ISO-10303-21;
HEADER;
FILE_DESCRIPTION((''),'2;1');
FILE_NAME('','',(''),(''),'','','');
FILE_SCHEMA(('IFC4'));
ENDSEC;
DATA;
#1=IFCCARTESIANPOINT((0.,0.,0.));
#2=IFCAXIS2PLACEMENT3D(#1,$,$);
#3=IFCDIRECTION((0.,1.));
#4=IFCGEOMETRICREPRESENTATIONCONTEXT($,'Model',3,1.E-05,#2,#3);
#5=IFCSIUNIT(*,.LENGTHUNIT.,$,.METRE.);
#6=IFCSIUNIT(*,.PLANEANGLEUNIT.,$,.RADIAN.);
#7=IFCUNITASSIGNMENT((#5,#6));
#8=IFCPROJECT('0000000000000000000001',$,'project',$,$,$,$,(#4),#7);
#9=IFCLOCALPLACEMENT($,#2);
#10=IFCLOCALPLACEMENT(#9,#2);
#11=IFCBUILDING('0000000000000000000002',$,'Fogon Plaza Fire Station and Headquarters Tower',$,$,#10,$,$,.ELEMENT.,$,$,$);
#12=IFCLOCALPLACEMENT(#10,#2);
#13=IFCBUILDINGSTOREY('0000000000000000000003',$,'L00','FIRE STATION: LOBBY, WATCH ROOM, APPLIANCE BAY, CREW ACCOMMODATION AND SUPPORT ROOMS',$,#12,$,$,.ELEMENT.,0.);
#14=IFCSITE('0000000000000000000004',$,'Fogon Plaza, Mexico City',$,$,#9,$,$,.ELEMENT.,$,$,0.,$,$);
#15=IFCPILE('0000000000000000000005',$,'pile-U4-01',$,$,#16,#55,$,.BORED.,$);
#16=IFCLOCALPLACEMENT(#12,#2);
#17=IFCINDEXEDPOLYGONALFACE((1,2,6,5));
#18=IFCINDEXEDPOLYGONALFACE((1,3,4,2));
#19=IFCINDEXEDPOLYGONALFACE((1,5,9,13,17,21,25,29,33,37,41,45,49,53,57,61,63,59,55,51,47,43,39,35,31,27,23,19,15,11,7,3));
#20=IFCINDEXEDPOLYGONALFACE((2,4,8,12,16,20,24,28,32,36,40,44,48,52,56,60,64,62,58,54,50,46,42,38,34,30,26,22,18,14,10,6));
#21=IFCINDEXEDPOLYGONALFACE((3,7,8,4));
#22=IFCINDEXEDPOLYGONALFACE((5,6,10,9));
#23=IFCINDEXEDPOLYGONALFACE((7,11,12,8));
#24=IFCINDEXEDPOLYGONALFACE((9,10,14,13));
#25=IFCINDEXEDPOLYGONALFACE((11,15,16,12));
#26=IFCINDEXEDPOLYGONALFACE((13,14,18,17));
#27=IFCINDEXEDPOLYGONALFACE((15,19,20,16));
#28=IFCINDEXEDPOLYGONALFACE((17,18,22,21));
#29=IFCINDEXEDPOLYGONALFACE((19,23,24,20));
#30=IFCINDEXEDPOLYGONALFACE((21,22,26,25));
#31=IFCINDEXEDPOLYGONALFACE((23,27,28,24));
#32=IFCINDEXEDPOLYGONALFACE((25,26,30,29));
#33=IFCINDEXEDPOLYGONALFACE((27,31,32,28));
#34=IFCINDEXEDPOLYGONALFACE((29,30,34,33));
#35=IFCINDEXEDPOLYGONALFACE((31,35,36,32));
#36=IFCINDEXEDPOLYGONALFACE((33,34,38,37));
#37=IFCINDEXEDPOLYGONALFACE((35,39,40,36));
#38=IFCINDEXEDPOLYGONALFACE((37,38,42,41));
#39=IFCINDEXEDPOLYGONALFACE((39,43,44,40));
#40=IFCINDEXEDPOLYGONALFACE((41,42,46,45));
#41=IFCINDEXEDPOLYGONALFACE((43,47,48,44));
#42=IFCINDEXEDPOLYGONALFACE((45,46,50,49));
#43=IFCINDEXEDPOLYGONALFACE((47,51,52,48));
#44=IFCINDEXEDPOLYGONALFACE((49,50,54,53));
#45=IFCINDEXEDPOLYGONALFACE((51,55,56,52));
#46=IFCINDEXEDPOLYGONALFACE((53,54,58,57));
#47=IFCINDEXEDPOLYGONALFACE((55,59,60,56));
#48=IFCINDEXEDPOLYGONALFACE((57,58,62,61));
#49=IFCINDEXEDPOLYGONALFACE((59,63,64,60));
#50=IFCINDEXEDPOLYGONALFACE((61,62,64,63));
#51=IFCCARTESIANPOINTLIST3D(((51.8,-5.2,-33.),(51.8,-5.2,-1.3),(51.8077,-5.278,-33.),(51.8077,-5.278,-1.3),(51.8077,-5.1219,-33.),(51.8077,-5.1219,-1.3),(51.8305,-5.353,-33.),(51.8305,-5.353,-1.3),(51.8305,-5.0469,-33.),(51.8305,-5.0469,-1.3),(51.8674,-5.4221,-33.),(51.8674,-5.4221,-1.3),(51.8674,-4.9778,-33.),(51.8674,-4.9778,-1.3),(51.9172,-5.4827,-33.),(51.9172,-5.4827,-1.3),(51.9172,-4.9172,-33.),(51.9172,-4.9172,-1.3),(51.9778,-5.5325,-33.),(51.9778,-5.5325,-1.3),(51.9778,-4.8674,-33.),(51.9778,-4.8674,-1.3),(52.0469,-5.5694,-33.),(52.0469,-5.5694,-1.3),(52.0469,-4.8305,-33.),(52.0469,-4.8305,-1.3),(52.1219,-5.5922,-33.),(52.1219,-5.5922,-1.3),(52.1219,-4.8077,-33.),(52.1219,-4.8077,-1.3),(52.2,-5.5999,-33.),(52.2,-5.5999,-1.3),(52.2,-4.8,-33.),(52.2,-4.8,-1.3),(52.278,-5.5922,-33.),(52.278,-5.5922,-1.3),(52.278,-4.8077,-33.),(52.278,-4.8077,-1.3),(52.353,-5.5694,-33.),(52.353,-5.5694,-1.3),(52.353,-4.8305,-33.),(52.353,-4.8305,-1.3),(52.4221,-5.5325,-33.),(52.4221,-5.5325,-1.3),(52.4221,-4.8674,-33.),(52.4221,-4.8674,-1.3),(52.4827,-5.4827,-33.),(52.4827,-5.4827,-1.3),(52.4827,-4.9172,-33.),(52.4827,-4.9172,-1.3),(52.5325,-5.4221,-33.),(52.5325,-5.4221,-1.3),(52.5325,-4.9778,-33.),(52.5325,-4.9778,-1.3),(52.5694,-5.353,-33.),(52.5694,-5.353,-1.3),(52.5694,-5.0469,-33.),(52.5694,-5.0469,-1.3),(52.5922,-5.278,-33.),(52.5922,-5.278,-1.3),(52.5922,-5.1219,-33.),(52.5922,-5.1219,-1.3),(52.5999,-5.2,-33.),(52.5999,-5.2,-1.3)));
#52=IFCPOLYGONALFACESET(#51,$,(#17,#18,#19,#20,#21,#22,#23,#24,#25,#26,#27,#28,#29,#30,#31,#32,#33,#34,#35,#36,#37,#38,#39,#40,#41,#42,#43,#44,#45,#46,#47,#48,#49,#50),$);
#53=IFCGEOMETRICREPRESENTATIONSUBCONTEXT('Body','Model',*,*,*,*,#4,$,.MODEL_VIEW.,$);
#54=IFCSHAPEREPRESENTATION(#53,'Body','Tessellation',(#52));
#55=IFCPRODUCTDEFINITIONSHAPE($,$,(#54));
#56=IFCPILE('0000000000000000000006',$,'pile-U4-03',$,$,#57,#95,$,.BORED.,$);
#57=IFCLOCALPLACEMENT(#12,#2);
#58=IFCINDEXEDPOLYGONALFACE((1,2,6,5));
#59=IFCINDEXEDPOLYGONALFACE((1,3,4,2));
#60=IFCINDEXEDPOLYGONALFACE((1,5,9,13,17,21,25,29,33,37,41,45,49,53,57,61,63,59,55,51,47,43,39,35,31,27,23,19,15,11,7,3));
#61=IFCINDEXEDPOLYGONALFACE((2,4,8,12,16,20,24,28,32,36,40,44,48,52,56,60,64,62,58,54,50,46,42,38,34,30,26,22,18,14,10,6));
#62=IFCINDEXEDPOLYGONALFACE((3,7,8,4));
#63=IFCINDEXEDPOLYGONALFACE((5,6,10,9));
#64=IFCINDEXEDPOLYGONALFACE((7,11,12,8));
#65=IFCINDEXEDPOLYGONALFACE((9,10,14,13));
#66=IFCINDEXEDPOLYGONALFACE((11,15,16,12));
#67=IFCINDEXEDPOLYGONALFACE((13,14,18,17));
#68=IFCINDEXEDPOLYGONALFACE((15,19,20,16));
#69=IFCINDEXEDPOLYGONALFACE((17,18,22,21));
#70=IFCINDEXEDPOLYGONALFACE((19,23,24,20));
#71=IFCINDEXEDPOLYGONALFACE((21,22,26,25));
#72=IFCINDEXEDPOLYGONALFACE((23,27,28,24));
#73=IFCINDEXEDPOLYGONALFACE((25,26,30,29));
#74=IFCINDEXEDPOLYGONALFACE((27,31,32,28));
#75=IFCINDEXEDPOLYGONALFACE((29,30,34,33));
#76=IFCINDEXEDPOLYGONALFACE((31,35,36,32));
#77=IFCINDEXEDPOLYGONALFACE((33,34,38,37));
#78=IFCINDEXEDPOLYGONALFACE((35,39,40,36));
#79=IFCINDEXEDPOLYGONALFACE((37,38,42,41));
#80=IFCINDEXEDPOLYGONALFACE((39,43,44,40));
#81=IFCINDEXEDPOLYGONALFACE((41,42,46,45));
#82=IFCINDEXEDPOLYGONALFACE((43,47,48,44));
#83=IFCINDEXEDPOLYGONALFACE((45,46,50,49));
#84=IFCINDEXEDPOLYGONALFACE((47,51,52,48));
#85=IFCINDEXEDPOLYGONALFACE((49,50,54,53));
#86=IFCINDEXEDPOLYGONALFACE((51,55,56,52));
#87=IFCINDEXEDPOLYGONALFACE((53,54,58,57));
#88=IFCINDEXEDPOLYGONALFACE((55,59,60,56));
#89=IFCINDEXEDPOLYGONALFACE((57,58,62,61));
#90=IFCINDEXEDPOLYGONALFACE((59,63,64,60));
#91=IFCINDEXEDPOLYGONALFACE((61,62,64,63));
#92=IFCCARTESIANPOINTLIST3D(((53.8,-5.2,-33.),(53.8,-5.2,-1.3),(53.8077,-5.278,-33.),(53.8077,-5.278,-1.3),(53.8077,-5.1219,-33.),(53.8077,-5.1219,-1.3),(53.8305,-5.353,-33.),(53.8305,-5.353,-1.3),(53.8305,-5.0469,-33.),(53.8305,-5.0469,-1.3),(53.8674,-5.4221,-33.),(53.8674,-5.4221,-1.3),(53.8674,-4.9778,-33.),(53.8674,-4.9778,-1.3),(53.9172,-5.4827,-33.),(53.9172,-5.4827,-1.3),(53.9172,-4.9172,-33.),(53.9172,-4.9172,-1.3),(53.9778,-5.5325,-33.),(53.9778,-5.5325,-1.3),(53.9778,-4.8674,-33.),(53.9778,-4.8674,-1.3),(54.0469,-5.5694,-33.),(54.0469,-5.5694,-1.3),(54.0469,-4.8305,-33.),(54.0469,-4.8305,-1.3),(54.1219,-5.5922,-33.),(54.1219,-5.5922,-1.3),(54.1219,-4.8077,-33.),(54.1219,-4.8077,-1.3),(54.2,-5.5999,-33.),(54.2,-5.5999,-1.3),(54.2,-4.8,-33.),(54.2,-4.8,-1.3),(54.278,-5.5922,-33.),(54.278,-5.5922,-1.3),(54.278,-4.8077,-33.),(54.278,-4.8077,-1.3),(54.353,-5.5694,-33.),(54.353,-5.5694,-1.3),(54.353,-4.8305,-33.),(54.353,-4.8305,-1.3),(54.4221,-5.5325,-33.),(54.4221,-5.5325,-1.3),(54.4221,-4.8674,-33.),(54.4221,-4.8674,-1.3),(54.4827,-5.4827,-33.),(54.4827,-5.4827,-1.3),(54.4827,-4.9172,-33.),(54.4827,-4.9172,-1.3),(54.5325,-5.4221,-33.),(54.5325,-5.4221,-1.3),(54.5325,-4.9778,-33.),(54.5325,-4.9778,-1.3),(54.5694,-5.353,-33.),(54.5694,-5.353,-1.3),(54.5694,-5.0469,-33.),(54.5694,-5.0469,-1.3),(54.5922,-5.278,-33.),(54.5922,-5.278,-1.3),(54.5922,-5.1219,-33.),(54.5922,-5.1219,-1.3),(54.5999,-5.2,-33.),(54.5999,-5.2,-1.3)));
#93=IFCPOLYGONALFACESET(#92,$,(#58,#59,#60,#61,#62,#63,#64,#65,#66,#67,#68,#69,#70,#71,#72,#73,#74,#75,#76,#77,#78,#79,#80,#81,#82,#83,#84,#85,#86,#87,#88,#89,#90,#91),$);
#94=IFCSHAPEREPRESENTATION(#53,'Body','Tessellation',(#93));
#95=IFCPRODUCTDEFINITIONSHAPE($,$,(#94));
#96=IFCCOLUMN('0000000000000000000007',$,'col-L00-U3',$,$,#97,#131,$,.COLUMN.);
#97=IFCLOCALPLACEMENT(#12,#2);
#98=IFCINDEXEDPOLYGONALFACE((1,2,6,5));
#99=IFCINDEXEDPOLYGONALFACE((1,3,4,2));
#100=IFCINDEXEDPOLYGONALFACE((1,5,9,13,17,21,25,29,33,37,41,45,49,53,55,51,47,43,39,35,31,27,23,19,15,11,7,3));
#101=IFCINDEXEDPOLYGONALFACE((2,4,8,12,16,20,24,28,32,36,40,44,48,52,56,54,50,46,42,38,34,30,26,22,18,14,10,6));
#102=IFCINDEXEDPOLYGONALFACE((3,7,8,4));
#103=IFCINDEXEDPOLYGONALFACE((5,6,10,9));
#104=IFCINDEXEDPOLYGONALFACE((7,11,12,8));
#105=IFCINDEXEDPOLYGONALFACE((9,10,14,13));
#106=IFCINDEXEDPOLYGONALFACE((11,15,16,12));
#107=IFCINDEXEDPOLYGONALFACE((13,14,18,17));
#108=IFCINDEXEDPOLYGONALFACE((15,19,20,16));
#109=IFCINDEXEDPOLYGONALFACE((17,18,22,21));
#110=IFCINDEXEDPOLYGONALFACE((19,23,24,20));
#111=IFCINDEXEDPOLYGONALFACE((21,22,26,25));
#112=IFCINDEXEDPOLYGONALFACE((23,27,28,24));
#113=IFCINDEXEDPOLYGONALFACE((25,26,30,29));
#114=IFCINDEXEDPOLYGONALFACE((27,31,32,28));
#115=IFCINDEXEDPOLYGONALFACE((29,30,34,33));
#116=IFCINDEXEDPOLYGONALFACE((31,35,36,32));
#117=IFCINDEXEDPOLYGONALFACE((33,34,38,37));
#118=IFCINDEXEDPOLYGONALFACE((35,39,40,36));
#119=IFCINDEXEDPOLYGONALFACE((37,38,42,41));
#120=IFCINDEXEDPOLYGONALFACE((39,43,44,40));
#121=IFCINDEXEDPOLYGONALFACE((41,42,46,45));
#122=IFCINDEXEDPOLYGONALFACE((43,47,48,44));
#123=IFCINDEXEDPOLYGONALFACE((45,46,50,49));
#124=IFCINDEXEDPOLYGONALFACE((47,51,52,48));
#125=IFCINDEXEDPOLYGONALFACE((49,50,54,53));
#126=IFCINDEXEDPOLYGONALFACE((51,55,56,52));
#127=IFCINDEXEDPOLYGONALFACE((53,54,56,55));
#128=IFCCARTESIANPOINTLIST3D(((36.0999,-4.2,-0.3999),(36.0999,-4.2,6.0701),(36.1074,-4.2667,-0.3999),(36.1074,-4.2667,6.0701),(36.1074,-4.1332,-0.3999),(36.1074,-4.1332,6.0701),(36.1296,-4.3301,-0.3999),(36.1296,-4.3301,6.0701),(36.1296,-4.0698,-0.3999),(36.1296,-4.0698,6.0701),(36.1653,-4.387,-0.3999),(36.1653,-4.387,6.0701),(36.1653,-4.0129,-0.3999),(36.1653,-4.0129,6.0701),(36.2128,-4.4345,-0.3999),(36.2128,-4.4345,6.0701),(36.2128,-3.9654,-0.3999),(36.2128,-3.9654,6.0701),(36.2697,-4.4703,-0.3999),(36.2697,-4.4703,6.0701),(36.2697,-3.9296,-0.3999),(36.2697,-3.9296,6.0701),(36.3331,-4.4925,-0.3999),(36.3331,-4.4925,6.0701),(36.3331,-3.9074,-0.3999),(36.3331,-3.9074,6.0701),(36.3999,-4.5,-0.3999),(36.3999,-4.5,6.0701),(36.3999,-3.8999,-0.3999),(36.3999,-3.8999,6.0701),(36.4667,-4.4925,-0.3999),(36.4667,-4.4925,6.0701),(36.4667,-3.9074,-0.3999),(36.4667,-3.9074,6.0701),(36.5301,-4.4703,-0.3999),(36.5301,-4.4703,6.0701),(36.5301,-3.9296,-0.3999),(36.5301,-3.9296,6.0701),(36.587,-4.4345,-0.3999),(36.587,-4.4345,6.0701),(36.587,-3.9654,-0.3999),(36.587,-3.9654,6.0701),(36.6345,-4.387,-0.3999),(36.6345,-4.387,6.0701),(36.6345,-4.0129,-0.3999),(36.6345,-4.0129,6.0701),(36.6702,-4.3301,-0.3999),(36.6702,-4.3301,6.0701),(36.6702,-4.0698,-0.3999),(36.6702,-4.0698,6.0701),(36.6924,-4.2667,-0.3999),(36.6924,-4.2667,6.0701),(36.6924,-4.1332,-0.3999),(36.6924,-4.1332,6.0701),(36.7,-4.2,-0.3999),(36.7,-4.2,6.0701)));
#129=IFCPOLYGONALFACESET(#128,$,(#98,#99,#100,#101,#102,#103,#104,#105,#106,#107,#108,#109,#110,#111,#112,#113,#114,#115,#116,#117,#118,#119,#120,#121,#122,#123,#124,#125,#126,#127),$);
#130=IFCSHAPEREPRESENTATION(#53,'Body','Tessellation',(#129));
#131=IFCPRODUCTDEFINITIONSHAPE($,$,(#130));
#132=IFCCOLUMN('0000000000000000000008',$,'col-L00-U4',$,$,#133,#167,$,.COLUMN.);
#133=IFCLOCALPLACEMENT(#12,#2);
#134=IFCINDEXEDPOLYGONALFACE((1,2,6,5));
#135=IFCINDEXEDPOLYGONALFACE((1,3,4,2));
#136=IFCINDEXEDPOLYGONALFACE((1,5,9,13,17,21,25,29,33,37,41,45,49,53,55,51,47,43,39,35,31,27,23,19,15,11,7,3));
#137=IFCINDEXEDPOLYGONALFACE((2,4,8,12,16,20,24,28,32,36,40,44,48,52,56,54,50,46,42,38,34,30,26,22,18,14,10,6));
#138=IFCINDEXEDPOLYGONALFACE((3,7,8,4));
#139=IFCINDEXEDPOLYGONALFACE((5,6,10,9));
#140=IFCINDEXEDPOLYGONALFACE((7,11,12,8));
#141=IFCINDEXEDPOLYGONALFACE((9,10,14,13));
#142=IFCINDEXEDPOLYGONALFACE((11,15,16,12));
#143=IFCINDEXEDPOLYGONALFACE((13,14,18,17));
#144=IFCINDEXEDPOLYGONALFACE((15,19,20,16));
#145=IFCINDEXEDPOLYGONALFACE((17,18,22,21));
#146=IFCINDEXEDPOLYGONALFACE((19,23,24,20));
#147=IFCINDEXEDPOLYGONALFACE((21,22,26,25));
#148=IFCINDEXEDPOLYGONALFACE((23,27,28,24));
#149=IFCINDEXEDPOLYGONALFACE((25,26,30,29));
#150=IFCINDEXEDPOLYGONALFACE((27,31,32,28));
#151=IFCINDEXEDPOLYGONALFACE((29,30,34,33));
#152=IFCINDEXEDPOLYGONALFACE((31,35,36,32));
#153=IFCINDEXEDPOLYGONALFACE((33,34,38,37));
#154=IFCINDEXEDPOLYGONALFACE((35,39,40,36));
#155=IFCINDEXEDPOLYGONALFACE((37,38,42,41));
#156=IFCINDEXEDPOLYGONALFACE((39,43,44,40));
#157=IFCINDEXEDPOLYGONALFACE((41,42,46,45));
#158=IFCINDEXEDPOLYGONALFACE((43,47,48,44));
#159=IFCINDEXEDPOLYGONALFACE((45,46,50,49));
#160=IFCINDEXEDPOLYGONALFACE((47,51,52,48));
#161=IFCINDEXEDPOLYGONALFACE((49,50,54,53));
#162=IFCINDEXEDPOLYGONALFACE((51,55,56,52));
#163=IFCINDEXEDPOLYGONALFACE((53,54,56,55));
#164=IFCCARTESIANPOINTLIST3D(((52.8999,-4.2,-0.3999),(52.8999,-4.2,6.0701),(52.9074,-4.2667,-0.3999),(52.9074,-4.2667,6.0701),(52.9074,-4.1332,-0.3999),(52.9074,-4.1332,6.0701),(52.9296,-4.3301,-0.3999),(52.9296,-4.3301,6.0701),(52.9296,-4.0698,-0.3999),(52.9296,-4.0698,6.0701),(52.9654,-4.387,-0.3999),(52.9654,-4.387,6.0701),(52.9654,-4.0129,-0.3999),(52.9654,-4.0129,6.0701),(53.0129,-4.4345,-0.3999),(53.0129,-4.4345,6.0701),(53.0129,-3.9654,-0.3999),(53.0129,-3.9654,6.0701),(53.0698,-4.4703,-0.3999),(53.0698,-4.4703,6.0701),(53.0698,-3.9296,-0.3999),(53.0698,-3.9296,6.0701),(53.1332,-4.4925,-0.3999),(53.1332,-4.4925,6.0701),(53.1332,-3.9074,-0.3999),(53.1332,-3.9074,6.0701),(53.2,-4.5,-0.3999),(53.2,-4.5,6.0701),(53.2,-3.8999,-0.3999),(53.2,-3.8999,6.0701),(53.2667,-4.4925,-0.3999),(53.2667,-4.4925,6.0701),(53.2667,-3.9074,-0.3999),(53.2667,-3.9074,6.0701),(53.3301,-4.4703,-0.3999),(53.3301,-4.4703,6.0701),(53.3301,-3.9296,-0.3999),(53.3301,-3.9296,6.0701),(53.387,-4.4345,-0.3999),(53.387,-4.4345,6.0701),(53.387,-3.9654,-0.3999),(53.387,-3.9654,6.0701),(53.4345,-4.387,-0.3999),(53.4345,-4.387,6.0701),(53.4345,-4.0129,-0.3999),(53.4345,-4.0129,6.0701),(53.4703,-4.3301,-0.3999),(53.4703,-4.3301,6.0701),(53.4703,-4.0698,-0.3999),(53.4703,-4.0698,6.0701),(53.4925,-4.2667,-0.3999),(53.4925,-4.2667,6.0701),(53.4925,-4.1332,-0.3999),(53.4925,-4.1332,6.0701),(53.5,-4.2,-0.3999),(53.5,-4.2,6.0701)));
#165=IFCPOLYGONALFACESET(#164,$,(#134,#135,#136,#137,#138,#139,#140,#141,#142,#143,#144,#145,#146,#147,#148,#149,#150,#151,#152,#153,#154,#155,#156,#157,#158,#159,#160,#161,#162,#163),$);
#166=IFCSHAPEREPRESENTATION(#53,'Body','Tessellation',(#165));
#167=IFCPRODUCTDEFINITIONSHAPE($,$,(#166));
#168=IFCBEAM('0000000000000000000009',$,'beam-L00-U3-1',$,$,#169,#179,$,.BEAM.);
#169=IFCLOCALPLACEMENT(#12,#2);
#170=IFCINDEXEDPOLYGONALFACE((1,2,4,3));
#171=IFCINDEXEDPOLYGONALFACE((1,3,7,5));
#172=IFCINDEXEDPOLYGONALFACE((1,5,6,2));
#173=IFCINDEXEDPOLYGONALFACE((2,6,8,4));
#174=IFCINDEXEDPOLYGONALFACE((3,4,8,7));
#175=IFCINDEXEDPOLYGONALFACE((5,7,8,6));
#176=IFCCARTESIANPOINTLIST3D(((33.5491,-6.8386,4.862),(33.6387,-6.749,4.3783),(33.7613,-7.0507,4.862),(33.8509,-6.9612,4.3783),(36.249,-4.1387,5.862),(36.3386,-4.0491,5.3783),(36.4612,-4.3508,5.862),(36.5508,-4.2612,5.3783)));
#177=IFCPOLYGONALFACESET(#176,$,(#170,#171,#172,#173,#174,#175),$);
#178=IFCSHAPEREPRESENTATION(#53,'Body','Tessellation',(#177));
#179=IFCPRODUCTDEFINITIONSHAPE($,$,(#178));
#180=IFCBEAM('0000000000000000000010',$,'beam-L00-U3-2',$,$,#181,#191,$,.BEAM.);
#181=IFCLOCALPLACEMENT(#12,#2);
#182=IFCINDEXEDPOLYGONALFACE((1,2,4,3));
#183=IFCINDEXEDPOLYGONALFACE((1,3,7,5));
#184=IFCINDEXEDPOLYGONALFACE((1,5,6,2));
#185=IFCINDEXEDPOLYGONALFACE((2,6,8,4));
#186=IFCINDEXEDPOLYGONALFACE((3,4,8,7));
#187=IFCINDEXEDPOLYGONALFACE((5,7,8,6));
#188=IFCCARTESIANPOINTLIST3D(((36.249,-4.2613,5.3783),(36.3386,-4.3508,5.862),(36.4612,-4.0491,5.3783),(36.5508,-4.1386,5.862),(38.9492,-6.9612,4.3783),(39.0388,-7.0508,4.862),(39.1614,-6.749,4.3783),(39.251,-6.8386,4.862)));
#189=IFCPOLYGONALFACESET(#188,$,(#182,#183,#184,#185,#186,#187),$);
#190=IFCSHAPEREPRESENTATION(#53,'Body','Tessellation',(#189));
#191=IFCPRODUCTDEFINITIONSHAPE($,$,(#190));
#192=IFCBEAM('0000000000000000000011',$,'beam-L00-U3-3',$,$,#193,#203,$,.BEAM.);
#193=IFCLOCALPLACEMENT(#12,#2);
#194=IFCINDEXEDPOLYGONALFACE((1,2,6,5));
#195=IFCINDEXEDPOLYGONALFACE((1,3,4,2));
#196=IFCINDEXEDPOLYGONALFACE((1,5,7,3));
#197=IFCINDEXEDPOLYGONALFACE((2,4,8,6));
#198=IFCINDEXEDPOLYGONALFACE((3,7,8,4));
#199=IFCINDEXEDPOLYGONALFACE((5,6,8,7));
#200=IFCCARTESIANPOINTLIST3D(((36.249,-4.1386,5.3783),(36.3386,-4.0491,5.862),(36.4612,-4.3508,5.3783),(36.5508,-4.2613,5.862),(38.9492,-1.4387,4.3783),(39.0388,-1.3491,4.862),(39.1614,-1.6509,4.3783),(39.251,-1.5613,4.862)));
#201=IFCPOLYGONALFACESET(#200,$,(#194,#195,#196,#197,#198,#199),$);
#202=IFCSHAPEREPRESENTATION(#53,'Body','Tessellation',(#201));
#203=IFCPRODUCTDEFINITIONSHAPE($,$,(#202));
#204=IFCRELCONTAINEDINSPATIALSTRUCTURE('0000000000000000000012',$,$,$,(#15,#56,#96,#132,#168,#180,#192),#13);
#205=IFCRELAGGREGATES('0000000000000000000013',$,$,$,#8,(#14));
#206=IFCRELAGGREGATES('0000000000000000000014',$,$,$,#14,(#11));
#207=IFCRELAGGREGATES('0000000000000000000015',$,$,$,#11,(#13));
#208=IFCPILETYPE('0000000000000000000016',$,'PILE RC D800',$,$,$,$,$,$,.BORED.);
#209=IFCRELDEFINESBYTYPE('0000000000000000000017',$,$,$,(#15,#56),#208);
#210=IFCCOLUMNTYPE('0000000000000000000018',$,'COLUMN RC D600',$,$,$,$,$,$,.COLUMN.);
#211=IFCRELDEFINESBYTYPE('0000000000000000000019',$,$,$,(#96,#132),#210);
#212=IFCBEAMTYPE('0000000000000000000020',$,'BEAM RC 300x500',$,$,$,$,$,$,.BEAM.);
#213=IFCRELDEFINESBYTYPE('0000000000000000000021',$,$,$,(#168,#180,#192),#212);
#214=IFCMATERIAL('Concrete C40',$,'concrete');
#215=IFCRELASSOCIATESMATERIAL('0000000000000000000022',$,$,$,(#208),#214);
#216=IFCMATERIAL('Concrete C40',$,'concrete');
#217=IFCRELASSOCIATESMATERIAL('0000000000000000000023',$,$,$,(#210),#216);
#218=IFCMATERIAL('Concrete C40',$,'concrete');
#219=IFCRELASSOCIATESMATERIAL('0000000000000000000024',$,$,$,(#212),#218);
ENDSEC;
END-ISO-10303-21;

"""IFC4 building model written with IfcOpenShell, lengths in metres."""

from ifc_helpers import new_model, si_unit, direction, frame, origin, origin_2d, place, context, subcontext, project, spatial, rectangle, circle, extrude, material, material_profile, profile_set, type_object, element, save


model = new_model("IFC4")

# Units and contexts
model_context = context("Model", 3, precision=1e-05, world=origin(), true_north=direction((0.0, 1.0)))
body_context = subcontext(model_context, "Body", "Model", "MODEL_VIEW")
ifc_project = project(units=[si_unit("LENGTHUNIT", "METRE"), si_unit("PLANEANGLEUNIT", "RADIAN")], contexts=[model_context])

# Site, building, storey
site_placement = place(None, origin())
site = spatial("IfcSite", under=ifc_project, at=site_placement, Name="Fogon Plaza, Mexico City", CompositionType="ELEMENT", RefElevation=0.0)
building_placement = place(site_placement, origin())
building = spatial("IfcBuilding", under=site, at=building_placement, Name="Fogon Plaza Fire Station and Headquarters Tower", CompositionType="ELEMENT")
storey_placement = place(building_placement, origin())
storey = spatial("IfcBuildingStorey", under=building, at=storey_placement, Name="L00", Description="FIRE STATION: LOBBY, WATCH ROOM, APPLIANCE BAY, CREW ACCOMMODATION AND SUPPORT ROOMS", CompositionType="ELEMENT", Elevation=0.0)

# Piles
ifc_material_1 = material(Name="Concrete C40", Category="concrete")
ifc_material_profile_1 = material_profile(ifc_material_1, circle(Radius=0.3999, at=origin_2d()), Name="RC D800")
ifc_profile_set_1 = profile_set([ifc_material_profile_1], Name="Concrete C40")
pile_type = type_object("IfcPileType", Name="PILE RC D800", PredefinedType="BORED", material=ifc_profile_set_1)
for number, where, z_axis, x_axis, name in (
    (1, (52.2, -5.2, -1.3), (0.0, 0.0, -1.0), (1.0, 0.0, 0.0), "pile-U4-01"),
    (2, (54.2, -5.2, -1.3), (0.0, 0.0, -1.0), (1.0, 0.0, 0.0), "pile-U4-03"),
):
    element("IfcPile", number, at=place(storey_placement, frame(where, z_axis=z_axis, x_axis=x_axis)), inside=storey, type_object=pile_type, Name=name, PredefinedType="BORED", context=body_context, shape_type="SweptSolid", body=[
        extrude(circle(Radius=0.3999, at=origin_2d()), origin(), (0.0, 0.0, 1.0), 31.7),
    ])

# Columns
ifc_material_2 = material(Name="Concrete C40", Category="concrete")
ifc_material_profile_2 = material_profile(ifc_material_2, circle(Radius=0.3, at=origin_2d()), Name="RC D600")
ifc_profile_set_2 = profile_set([ifc_material_profile_2], Name="Concrete C40")
column_type = type_object("IfcColumnType", Name="COLUMN RC D600", PredefinedType="COLUMN", material=ifc_profile_set_2)
for number, where, z_axis, x_axis, name in (
    (3, (36.3999, -4.2, -0.3999), (0.0, 0.0, 1.0), (1.0, 0.0, 0.0), "col-L00-U3"),
    (4, (53.2, -4.2, -0.3999), (0.0, 0.0, 1.0), (1.0, 0.0, 0.0), "col-L00-U4"),
):
    element("IfcColumn", number, at=place(storey_placement, frame(where, z_axis=z_axis, x_axis=x_axis)), inside=storey, type_object=column_type, Name=name, PredefinedType="COLUMN", context=body_context, shape_type="SweptSolid", body=[
        extrude(circle(Radius=0.3, at=origin_2d()), origin(), (0.0, 0.0, 1.0), 6.47),
    ])

# Beams
ifc_material_3 = material(Name="Concrete C40", Category="concrete")
ifc_material_profile_3 = material_profile(ifc_material_3, rectangle(XDim=0.3, YDim=0.5, at=origin_2d()), Name="RC 300x500")
ifc_profile_set_3 = profile_set([ifc_material_profile_3], Name="Concrete C40")
beam_type_1 = type_object("IfcBeamType", Name="BEAM RC 300x500", PredefinedType="BEAM", material=ifc_profile_set_3)
beam_1_placement = place(storey_placement, frame((36.3999, -4.2, 5.6201), z_axis=(-0.684037, -0.684037, -0.253352), x_axis=(0.707107, -0.707107, 0.0)))
element("IfcBeam", 5, at=beam_1_placement, inside=storey, type_object=beam_type_1, Name="beam-L00-U3-1", PredefinedType="BEAM", context=body_context, shape_type="SweptSolid", body=[
    extrude(rectangle(XDim=0.3, YDim=0.5, at=origin_2d()), origin(), (0.0, 0.0, 1.0), 3.947),
])
for number, where, z_axis, x_axis, name in (
    (6, (36.3999, -4.2, 5.6201), (0.68407, -0.684008, -0.253341), (0.707075, 0.707139, 0.0), "beam-L00-U3-2"),
    (7, (36.3999, -4.2, 5.6201), (0.68407, 0.684008, -0.253341), (-0.707075, 0.707139, 0.0), "beam-L00-U3-3"),
):
    element("IfcBeam", number, at=place(storey_placement, frame(where, z_axis=z_axis, x_axis=x_axis)), inside=storey, type_object=beam_type_1, Name=name, PredefinedType="BEAM", context=body_context, shape_type="SweptSolid", body=[
        extrude(rectangle(XDim=0.3, YDim=0.5, at=origin_2d()), origin(), (0.0, 0.0, 1.0), 3.9473),
    ])

save(model, "model.ifc")
